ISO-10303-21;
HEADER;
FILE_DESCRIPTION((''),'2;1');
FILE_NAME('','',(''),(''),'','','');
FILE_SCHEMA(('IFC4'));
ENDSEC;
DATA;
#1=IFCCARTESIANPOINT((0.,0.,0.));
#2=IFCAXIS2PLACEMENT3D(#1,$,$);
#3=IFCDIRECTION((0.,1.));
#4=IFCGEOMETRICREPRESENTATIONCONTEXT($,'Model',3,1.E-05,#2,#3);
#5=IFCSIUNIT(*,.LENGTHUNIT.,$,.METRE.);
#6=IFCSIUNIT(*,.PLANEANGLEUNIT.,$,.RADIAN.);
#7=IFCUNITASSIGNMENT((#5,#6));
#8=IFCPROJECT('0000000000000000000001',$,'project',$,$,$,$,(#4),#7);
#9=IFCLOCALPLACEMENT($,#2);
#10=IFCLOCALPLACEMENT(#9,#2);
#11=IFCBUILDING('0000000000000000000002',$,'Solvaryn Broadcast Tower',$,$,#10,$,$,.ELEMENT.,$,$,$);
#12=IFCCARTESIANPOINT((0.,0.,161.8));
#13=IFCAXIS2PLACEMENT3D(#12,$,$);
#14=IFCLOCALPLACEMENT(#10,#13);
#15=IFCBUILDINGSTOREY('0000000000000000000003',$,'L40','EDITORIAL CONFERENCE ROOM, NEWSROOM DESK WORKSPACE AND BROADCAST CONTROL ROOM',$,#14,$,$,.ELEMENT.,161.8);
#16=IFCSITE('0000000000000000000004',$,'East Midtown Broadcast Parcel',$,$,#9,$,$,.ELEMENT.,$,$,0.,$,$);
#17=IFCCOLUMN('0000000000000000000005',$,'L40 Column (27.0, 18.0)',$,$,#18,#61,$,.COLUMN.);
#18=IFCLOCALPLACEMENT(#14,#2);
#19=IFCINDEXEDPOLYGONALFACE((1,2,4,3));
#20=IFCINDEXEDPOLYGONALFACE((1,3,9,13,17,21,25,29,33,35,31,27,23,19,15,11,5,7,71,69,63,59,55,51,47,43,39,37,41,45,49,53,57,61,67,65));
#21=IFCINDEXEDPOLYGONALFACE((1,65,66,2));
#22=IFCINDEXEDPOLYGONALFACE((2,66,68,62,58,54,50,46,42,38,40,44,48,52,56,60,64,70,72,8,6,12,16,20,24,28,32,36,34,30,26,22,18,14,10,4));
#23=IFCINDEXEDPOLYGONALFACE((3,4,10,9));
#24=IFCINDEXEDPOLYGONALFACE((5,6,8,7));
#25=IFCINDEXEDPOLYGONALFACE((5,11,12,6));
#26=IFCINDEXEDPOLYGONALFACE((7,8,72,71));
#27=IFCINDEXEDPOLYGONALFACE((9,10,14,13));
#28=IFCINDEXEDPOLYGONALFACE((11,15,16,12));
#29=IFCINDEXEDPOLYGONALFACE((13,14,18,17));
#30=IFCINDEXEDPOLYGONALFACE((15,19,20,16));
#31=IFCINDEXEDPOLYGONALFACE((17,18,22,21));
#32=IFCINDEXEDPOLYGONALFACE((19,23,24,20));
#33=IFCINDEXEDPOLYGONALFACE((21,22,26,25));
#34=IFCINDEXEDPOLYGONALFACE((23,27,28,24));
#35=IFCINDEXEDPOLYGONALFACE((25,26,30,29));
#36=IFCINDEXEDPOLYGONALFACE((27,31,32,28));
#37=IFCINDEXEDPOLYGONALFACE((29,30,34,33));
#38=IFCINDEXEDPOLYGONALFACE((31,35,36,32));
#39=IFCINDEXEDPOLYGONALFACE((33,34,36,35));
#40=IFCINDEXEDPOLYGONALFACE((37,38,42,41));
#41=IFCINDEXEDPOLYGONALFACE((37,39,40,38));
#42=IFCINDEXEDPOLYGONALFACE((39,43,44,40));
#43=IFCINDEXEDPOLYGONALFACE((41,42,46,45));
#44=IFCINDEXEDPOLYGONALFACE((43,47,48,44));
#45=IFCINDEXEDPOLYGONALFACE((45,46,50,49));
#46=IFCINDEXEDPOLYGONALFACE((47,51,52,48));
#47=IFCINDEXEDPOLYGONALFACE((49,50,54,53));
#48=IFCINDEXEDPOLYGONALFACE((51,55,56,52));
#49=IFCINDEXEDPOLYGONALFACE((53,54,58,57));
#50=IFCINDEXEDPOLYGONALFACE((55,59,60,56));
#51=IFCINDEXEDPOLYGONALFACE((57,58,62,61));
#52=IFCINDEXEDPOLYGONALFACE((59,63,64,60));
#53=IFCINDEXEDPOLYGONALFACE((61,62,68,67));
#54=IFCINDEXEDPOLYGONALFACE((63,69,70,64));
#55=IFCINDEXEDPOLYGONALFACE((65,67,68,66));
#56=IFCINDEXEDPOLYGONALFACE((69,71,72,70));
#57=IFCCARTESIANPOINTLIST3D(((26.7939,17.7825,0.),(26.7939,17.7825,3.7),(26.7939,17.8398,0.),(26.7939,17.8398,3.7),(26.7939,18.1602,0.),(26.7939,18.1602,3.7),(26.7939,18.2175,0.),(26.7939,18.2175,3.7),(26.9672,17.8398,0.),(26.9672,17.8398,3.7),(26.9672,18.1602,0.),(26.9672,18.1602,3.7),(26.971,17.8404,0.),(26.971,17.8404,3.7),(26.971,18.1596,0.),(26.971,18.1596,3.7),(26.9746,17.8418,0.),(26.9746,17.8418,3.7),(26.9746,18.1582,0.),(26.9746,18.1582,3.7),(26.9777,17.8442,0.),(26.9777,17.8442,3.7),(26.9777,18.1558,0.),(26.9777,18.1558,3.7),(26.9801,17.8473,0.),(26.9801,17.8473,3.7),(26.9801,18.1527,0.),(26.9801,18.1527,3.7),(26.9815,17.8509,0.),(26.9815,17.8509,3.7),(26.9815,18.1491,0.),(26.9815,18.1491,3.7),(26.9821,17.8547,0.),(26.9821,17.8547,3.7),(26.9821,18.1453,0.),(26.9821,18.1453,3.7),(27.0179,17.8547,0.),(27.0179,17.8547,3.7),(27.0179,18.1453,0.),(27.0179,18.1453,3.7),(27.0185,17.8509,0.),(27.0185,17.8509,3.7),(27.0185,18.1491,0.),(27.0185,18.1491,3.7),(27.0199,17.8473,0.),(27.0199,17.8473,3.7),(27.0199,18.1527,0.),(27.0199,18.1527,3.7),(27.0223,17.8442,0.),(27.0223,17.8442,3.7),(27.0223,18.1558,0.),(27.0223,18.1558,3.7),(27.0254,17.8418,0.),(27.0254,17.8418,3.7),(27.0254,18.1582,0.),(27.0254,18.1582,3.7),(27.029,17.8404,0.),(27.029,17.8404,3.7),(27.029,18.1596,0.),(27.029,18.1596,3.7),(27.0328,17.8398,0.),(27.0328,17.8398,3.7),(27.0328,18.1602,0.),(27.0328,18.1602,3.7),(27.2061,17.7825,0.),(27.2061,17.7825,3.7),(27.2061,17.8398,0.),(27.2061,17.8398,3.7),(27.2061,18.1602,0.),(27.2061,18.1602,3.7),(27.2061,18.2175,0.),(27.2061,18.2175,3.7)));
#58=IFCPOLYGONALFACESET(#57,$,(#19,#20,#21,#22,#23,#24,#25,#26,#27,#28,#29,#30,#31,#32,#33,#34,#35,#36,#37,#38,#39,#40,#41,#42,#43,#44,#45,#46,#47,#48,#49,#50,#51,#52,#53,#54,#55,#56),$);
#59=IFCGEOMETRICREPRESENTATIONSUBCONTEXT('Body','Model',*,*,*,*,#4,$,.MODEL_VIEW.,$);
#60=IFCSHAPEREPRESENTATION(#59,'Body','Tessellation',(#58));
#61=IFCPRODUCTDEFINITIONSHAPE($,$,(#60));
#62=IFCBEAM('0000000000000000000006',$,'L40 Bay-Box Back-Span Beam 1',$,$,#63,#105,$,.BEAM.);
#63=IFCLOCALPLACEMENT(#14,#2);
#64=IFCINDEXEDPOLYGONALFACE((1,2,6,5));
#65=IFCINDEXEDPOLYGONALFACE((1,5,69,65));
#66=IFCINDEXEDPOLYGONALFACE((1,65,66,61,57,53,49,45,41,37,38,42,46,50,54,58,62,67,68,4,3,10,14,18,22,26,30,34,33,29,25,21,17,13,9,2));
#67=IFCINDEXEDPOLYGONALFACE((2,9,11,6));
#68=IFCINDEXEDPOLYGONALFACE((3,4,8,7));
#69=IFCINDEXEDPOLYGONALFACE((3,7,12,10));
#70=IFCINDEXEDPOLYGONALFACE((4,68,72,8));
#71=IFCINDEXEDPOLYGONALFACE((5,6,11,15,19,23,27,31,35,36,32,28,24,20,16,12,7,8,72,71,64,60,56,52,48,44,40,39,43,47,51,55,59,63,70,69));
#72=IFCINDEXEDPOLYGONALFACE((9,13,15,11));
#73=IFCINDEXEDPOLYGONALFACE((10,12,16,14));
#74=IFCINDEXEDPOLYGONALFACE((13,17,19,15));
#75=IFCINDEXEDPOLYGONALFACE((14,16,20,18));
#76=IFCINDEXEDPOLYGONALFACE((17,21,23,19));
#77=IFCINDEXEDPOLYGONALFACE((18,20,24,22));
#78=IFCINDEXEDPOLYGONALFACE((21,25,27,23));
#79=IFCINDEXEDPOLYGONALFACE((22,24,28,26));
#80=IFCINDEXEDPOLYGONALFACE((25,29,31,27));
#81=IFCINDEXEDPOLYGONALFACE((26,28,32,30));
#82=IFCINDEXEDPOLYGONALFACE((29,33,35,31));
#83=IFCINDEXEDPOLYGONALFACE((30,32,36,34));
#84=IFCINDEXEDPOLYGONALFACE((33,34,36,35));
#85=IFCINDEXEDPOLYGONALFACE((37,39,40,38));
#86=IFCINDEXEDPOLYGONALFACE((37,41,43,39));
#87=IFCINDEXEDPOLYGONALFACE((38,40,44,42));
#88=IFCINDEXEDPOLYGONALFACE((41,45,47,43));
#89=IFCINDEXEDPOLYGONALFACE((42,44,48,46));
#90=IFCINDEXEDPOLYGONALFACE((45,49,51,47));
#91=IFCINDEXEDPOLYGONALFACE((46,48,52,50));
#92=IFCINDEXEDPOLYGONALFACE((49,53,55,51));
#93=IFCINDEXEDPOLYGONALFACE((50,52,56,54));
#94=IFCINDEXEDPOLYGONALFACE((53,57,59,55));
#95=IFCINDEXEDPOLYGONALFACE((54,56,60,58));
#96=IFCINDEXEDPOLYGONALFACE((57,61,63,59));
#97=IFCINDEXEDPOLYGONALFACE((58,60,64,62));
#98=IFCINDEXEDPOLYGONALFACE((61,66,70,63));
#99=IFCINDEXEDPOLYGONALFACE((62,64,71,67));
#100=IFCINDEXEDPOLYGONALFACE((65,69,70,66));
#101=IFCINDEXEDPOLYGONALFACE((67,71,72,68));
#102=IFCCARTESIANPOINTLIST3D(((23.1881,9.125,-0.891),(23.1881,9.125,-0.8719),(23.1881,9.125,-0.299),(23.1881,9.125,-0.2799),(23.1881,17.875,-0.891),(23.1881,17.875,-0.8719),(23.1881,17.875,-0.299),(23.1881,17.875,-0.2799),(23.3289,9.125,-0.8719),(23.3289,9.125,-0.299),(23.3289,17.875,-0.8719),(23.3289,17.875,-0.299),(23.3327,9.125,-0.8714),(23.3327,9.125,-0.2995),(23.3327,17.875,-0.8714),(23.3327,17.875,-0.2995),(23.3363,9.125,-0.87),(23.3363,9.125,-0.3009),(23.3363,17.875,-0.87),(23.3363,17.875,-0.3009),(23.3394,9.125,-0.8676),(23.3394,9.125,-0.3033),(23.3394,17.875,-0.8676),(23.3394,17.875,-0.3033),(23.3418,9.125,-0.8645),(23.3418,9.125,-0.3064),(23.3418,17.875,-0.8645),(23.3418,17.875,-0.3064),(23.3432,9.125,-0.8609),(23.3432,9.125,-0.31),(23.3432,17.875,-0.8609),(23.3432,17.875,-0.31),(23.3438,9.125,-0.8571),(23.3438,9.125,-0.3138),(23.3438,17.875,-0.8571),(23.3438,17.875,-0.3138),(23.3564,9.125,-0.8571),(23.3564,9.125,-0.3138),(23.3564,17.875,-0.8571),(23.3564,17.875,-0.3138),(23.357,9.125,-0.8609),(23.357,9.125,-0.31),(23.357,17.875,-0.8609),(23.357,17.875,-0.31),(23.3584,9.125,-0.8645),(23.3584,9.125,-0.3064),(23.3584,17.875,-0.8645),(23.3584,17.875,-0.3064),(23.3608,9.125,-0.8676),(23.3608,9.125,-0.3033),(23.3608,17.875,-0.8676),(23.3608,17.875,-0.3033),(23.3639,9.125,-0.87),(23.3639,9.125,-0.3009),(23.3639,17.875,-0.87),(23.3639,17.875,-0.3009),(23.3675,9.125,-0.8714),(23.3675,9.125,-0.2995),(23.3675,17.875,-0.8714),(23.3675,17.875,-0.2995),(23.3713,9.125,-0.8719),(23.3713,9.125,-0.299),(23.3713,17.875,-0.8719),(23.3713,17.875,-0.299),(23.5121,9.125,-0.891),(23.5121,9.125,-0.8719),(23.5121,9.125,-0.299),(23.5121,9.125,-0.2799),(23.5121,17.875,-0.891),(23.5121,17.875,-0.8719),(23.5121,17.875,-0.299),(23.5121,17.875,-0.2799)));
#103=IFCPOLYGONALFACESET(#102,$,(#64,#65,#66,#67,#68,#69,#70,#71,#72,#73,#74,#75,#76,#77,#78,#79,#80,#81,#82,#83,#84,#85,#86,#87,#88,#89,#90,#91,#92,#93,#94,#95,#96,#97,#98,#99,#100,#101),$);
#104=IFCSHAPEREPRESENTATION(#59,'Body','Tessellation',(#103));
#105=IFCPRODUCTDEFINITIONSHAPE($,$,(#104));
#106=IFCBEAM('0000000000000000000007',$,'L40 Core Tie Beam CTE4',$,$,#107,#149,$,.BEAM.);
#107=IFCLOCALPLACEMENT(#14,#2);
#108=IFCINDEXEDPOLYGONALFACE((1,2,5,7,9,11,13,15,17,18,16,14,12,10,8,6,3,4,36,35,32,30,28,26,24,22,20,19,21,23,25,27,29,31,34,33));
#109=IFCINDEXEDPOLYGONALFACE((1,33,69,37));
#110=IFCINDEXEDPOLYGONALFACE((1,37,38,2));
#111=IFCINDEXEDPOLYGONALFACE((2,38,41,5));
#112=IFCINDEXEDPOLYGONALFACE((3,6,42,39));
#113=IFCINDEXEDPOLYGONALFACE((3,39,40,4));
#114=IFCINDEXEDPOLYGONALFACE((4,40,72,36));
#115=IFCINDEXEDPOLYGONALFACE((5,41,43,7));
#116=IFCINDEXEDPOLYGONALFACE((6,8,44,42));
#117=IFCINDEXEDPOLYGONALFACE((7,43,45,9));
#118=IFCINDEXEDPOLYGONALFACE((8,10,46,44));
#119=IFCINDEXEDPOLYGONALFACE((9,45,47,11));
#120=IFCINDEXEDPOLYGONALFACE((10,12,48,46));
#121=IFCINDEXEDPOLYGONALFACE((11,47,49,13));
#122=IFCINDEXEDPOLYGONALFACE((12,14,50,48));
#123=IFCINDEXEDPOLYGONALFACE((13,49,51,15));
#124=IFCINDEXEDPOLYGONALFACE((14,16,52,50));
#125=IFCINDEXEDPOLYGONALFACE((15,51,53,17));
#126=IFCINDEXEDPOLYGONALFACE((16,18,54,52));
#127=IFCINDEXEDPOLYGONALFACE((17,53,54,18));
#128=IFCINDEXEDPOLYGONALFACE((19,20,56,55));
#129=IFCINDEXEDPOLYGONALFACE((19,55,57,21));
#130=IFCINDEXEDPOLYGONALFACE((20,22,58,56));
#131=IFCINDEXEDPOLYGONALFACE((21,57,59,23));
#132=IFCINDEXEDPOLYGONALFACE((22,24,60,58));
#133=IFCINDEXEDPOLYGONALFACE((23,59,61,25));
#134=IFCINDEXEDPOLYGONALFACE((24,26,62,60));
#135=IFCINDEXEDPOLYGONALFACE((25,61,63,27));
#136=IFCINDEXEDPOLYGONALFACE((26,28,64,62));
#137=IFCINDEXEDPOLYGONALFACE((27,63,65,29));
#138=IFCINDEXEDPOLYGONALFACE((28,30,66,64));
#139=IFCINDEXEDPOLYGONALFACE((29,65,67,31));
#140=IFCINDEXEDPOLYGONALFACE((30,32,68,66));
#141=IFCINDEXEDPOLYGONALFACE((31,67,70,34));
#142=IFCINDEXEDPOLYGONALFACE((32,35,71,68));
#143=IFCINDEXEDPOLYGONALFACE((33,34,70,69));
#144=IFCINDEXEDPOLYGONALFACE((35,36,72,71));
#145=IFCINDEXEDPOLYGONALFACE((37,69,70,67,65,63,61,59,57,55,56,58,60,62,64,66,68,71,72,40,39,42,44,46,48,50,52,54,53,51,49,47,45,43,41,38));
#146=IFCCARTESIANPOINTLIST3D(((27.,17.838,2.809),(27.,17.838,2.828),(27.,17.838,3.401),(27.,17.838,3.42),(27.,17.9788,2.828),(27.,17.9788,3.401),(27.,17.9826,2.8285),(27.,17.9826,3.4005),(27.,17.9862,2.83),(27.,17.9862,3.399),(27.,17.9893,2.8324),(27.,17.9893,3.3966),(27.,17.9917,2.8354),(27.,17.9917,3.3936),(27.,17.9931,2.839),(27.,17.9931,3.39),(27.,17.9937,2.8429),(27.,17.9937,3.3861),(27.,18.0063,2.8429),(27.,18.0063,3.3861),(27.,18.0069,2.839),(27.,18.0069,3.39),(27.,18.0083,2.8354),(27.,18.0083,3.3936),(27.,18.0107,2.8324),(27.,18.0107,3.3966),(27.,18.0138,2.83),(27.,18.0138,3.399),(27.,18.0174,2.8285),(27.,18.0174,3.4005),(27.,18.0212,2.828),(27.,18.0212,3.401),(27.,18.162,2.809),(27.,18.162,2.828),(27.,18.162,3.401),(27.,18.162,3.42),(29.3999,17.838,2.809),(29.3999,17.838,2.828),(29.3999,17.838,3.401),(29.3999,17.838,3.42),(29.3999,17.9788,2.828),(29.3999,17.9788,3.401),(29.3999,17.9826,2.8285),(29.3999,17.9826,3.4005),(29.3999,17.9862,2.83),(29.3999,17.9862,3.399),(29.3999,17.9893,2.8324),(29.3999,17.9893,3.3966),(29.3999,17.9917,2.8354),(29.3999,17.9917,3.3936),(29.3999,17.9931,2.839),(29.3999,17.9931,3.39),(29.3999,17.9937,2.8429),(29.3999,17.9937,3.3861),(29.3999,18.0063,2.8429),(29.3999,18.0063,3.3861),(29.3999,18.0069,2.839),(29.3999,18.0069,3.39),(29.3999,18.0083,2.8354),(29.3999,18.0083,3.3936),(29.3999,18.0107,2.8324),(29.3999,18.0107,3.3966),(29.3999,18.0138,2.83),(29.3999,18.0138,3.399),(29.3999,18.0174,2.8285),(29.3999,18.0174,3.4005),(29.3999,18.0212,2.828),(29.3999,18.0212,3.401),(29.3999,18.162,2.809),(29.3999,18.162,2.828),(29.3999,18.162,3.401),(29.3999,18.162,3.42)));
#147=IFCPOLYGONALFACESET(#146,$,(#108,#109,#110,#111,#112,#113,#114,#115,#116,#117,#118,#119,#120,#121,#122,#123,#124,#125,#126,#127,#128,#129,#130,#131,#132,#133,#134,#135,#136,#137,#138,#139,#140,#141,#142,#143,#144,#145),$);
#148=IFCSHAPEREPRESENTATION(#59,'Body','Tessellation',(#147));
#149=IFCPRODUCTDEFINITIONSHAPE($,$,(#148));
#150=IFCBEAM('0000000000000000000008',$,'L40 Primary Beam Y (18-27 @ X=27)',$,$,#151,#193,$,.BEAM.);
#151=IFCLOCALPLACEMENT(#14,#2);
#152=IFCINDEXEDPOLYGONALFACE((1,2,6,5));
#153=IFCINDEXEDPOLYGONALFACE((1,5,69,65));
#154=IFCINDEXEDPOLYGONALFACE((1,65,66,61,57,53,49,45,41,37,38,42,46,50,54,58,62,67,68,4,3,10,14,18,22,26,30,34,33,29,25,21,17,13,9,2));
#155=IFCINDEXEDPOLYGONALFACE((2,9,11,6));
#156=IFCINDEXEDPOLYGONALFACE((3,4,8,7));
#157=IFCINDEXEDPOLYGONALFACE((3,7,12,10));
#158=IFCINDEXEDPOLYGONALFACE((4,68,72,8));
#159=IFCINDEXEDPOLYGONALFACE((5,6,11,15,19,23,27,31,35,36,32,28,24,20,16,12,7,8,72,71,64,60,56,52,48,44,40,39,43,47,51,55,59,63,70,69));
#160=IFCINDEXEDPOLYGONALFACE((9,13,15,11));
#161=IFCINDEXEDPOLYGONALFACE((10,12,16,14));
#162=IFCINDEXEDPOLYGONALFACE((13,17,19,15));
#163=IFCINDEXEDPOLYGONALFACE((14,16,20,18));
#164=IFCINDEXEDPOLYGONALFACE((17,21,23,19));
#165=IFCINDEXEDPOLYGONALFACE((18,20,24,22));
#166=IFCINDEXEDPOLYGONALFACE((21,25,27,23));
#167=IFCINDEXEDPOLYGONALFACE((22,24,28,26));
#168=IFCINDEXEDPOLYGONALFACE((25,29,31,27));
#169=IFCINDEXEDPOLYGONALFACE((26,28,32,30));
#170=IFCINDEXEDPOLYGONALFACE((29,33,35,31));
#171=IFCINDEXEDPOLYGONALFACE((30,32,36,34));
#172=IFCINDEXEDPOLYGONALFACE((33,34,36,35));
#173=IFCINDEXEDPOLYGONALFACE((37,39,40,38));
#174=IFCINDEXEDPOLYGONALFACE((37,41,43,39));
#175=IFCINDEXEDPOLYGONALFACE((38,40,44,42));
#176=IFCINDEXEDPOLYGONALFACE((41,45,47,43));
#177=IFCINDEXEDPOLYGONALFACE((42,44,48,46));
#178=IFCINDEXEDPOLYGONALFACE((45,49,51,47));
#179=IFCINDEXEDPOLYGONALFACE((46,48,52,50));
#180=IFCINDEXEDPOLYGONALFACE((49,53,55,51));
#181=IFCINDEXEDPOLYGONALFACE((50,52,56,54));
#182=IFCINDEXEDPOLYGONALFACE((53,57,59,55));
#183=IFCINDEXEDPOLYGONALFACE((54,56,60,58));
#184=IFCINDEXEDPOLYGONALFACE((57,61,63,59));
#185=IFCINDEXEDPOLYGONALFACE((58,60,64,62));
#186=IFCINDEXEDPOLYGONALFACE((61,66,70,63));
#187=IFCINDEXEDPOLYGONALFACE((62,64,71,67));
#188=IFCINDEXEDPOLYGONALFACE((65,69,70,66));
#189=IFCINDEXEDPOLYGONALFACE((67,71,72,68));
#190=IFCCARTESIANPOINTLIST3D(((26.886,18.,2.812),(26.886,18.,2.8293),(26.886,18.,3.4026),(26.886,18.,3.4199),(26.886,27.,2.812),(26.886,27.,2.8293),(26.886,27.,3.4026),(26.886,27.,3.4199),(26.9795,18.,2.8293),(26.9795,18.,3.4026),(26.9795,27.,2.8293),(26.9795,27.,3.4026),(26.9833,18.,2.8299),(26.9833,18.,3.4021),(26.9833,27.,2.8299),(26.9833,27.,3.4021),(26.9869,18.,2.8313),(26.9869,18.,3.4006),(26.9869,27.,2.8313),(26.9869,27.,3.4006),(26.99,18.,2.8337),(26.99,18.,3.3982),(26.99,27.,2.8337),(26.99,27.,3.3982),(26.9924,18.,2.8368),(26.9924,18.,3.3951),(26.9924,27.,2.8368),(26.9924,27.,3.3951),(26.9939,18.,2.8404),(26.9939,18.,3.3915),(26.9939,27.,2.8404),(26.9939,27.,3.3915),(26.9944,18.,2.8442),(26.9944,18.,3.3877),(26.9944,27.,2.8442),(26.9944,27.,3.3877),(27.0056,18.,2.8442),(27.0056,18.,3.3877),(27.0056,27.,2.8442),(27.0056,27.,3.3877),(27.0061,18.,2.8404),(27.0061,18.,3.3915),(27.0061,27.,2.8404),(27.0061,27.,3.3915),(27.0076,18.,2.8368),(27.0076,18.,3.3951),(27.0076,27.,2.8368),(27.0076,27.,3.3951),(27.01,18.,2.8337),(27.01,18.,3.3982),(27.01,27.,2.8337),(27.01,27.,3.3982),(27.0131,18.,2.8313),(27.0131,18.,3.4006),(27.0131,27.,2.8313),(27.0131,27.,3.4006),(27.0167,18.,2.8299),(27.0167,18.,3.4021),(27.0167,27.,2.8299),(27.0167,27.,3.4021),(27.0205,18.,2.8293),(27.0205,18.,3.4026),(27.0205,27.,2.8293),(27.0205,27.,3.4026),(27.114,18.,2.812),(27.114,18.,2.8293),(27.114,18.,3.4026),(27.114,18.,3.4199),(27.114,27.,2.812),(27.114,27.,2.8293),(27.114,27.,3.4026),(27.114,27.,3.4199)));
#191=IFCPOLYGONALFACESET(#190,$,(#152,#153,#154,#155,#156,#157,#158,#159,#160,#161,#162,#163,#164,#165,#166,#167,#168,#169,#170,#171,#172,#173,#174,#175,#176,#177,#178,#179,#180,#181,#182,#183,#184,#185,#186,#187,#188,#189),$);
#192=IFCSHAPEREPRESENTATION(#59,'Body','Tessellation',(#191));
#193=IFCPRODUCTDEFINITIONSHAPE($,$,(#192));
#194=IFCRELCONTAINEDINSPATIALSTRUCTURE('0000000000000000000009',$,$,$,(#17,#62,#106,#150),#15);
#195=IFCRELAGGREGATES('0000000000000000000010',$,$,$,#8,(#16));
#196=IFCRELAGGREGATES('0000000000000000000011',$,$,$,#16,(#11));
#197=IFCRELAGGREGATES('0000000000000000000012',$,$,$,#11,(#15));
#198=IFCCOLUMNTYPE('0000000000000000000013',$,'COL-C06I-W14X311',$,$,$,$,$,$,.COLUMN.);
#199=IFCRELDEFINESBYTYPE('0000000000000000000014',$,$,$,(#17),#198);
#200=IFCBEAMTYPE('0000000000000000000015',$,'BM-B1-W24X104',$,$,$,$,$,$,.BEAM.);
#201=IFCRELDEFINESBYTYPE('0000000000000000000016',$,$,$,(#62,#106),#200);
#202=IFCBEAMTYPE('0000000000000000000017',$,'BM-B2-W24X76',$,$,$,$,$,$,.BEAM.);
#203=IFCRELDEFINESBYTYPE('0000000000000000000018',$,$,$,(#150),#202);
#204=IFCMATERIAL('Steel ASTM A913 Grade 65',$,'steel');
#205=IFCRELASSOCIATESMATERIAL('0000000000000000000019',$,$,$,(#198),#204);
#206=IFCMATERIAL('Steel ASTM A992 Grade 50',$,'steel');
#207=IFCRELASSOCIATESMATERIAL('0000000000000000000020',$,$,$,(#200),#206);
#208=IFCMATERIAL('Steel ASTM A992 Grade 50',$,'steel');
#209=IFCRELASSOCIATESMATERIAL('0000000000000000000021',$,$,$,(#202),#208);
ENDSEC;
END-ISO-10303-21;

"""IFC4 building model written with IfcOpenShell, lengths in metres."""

from ifc_helpers import new_model, si_unit, direction, frame, origin, origin_2d, place, context, subcontext, project, spatial, i_section, extrude, material, material_profile, profile_set, type_object, element, save


model = new_model("IFC4")

# Units and contexts
model_context = context("Model", 3, precision=1e-05, world=origin(), true_north=direction((0.0, 1.0)))
body_context = subcontext(model_context, "Body", "Model", "MODEL_VIEW")
ifc_project = project(units=[si_unit("LENGTHUNIT", "METRE"), si_unit("PLANEANGLEUNIT", "RADIAN")], contexts=[model_context])

# Site, building, storey
site_placement = place(None, origin())
site = spatial("IfcSite", under=ifc_project, at=site_placement, Name="East Midtown Broadcast Parcel", CompositionType="ELEMENT", RefElevation=0.0)
building_placement = place(site_placement, origin())
building = spatial("IfcBuilding", under=site, at=building_placement, Name="Solvaryn Broadcast Tower", CompositionType="ELEMENT")
storey_placement = place(building_placement, frame((0.0, 0.0, 161.8)))
storey = spatial("IfcBuildingStorey", under=building, at=storey_placement, Name="L40", Description="EDITORIAL CONFERENCE ROOM, NEWSROOM DESK WORKSPACE AND BROADCAST CONTROL ROOM", CompositionType="ELEMENT", Elevation=161.8)

# Column
ifc_material_1 = material(Name="Steel ASTM A913 Grade 65", Category="steel")
ifc_material_profile_1 = material_profile(ifc_material_1, i_section(OverallWidth=0.4121, OverallDepth=0.4351, WebThickness=0.0359, FlangeThickness=0.0574, FilletRadius=0.0149, at=origin_2d()))
ifc_profile_set_1 = profile_set([ifc_material_profile_1], Name="Steel ASTM A913 Grade 65")
column_type = type_object("IfcColumnType", Name="COL-C06I-W14X311", PredefinedType="COLUMN", material=ifc_profile_set_1)
column_placement = place(storey_placement, frame((27.0, 18.0, 0.0), z_axis=(0.0, 0.0, 1.0), x_axis=(1.0, 0.0, 0.0)))
element("IfcColumn", 1, at=column_placement, inside=storey, type_object=column_type, Name="L40 Column (27.0, 18.0)", PredefinedType="COLUMN", context=body_context, shape_type="SweptSolid", body=[
    extrude(i_section(OverallWidth=0.4121, OverallDepth=0.4351, WebThickness=0.0359, FlangeThickness=0.0574, FilletRadius=0.0149, at=origin_2d()), origin(), (0.0, 0.0, 1.0), 3.7),
])

# Beams
ifc_material_2 = material(Name="Steel ASTM A992 Grade 50", Category="steel")
ifc_material_profile_2 = material_profile(ifc_material_2, i_section(OverallWidth=0.324, OverallDepth=0.6111, WebThickness=0.0127, FlangeThickness=0.019, FilletRadius=0.0149, at=origin_2d()))
ifc_profile_set_2 = profile_set([ifc_material_profile_2], Name="Steel ASTM A992 Grade 50")
beam_type_1 = type_object("IfcBeamType", Name="BM-B1-W24X104", PredefinedType="BEAM", material=ifc_profile_set_2)
beam_1_placement = place(storey_placement, frame((23.3501, 17.875, -0.5854), z_axis=(0.0, -1.0, 0.0), x_axis=(1.0, 0.0, 0.0)))
element("IfcBeam", 2, at=beam_1_placement, inside=storey, type_object=beam_type_1, Name="L40 Bay-Box Back-Span Beam 1", PredefinedType="BEAM", context=body_context, shape_type="SweptSolid", body=[
    extrude(i_section(OverallWidth=0.324, OverallDepth=0.6111, WebThickness=0.0127, FlangeThickness=0.019, FilletRadius=0.0149, at=origin_2d()), origin(), (0.0, 0.0, 1.0), 8.75),
])
beam_2_placement = place(storey_placement, frame((27.0, 18.0, 3.1145), z_axis=(1.0, 0.0, 0.0), x_axis=(0.0, 1.0, 0.0)))
element("IfcBeam", 3, at=beam_2_placement, inside=storey, type_object=beam_type_1, Name="L40 Core Tie Beam CTE4", PredefinedType="BEAM", context=body_context, shape_type="SweptSolid", body=[
    extrude(i_section(OverallWidth=0.324, OverallDepth=0.6111, WebThickness=0.0127, FlangeThickness=0.019, FilletRadius=0.0149, at=origin_2d()), origin(), (0.0, 0.0, 1.0), 2.3999),
])
ifc_material_3 = material(Name="Steel ASTM A992 Grade 50", Category="steel")
ifc_material_profile_3 = material_profile(ifc_material_3, i_section(OverallWidth=0.228, OverallDepth=0.6079, WebThickness=0.0112, FlangeThickness=0.0173, FilletRadius=0.0149, at=origin_2d()))
ifc_profile_set_3 = profile_set([ifc_material_profile_3], Name="Steel ASTM A992 Grade 50")
beam_type_2 = type_object("IfcBeamType", Name="BM-B2-W24X76", PredefinedType="BEAM", material=ifc_profile_set_3)
beam_3_placement = place(storey_placement, frame((27.0, 18.0, 3.116), z_axis=(0.0, 1.0, 0.0), x_axis=(-1.0, 0.0, 0.0)))
element("IfcBeam", 4, at=beam_3_placement, inside=storey, type_object=beam_type_2, Name="L40 Primary Beam Y (18-27 @ X=27)", PredefinedType="BEAM", context=body_context, shape_type="SweptSolid", body=[
    extrude(i_section(OverallWidth=0.228, OverallDepth=0.6079, WebThickness=0.0112, FlangeThickness=0.0173, FilletRadius=0.0149, at=origin_2d()), origin(), (0.0, 0.0, 1.0), 9.0),
])

save(model, "model.ifc")
